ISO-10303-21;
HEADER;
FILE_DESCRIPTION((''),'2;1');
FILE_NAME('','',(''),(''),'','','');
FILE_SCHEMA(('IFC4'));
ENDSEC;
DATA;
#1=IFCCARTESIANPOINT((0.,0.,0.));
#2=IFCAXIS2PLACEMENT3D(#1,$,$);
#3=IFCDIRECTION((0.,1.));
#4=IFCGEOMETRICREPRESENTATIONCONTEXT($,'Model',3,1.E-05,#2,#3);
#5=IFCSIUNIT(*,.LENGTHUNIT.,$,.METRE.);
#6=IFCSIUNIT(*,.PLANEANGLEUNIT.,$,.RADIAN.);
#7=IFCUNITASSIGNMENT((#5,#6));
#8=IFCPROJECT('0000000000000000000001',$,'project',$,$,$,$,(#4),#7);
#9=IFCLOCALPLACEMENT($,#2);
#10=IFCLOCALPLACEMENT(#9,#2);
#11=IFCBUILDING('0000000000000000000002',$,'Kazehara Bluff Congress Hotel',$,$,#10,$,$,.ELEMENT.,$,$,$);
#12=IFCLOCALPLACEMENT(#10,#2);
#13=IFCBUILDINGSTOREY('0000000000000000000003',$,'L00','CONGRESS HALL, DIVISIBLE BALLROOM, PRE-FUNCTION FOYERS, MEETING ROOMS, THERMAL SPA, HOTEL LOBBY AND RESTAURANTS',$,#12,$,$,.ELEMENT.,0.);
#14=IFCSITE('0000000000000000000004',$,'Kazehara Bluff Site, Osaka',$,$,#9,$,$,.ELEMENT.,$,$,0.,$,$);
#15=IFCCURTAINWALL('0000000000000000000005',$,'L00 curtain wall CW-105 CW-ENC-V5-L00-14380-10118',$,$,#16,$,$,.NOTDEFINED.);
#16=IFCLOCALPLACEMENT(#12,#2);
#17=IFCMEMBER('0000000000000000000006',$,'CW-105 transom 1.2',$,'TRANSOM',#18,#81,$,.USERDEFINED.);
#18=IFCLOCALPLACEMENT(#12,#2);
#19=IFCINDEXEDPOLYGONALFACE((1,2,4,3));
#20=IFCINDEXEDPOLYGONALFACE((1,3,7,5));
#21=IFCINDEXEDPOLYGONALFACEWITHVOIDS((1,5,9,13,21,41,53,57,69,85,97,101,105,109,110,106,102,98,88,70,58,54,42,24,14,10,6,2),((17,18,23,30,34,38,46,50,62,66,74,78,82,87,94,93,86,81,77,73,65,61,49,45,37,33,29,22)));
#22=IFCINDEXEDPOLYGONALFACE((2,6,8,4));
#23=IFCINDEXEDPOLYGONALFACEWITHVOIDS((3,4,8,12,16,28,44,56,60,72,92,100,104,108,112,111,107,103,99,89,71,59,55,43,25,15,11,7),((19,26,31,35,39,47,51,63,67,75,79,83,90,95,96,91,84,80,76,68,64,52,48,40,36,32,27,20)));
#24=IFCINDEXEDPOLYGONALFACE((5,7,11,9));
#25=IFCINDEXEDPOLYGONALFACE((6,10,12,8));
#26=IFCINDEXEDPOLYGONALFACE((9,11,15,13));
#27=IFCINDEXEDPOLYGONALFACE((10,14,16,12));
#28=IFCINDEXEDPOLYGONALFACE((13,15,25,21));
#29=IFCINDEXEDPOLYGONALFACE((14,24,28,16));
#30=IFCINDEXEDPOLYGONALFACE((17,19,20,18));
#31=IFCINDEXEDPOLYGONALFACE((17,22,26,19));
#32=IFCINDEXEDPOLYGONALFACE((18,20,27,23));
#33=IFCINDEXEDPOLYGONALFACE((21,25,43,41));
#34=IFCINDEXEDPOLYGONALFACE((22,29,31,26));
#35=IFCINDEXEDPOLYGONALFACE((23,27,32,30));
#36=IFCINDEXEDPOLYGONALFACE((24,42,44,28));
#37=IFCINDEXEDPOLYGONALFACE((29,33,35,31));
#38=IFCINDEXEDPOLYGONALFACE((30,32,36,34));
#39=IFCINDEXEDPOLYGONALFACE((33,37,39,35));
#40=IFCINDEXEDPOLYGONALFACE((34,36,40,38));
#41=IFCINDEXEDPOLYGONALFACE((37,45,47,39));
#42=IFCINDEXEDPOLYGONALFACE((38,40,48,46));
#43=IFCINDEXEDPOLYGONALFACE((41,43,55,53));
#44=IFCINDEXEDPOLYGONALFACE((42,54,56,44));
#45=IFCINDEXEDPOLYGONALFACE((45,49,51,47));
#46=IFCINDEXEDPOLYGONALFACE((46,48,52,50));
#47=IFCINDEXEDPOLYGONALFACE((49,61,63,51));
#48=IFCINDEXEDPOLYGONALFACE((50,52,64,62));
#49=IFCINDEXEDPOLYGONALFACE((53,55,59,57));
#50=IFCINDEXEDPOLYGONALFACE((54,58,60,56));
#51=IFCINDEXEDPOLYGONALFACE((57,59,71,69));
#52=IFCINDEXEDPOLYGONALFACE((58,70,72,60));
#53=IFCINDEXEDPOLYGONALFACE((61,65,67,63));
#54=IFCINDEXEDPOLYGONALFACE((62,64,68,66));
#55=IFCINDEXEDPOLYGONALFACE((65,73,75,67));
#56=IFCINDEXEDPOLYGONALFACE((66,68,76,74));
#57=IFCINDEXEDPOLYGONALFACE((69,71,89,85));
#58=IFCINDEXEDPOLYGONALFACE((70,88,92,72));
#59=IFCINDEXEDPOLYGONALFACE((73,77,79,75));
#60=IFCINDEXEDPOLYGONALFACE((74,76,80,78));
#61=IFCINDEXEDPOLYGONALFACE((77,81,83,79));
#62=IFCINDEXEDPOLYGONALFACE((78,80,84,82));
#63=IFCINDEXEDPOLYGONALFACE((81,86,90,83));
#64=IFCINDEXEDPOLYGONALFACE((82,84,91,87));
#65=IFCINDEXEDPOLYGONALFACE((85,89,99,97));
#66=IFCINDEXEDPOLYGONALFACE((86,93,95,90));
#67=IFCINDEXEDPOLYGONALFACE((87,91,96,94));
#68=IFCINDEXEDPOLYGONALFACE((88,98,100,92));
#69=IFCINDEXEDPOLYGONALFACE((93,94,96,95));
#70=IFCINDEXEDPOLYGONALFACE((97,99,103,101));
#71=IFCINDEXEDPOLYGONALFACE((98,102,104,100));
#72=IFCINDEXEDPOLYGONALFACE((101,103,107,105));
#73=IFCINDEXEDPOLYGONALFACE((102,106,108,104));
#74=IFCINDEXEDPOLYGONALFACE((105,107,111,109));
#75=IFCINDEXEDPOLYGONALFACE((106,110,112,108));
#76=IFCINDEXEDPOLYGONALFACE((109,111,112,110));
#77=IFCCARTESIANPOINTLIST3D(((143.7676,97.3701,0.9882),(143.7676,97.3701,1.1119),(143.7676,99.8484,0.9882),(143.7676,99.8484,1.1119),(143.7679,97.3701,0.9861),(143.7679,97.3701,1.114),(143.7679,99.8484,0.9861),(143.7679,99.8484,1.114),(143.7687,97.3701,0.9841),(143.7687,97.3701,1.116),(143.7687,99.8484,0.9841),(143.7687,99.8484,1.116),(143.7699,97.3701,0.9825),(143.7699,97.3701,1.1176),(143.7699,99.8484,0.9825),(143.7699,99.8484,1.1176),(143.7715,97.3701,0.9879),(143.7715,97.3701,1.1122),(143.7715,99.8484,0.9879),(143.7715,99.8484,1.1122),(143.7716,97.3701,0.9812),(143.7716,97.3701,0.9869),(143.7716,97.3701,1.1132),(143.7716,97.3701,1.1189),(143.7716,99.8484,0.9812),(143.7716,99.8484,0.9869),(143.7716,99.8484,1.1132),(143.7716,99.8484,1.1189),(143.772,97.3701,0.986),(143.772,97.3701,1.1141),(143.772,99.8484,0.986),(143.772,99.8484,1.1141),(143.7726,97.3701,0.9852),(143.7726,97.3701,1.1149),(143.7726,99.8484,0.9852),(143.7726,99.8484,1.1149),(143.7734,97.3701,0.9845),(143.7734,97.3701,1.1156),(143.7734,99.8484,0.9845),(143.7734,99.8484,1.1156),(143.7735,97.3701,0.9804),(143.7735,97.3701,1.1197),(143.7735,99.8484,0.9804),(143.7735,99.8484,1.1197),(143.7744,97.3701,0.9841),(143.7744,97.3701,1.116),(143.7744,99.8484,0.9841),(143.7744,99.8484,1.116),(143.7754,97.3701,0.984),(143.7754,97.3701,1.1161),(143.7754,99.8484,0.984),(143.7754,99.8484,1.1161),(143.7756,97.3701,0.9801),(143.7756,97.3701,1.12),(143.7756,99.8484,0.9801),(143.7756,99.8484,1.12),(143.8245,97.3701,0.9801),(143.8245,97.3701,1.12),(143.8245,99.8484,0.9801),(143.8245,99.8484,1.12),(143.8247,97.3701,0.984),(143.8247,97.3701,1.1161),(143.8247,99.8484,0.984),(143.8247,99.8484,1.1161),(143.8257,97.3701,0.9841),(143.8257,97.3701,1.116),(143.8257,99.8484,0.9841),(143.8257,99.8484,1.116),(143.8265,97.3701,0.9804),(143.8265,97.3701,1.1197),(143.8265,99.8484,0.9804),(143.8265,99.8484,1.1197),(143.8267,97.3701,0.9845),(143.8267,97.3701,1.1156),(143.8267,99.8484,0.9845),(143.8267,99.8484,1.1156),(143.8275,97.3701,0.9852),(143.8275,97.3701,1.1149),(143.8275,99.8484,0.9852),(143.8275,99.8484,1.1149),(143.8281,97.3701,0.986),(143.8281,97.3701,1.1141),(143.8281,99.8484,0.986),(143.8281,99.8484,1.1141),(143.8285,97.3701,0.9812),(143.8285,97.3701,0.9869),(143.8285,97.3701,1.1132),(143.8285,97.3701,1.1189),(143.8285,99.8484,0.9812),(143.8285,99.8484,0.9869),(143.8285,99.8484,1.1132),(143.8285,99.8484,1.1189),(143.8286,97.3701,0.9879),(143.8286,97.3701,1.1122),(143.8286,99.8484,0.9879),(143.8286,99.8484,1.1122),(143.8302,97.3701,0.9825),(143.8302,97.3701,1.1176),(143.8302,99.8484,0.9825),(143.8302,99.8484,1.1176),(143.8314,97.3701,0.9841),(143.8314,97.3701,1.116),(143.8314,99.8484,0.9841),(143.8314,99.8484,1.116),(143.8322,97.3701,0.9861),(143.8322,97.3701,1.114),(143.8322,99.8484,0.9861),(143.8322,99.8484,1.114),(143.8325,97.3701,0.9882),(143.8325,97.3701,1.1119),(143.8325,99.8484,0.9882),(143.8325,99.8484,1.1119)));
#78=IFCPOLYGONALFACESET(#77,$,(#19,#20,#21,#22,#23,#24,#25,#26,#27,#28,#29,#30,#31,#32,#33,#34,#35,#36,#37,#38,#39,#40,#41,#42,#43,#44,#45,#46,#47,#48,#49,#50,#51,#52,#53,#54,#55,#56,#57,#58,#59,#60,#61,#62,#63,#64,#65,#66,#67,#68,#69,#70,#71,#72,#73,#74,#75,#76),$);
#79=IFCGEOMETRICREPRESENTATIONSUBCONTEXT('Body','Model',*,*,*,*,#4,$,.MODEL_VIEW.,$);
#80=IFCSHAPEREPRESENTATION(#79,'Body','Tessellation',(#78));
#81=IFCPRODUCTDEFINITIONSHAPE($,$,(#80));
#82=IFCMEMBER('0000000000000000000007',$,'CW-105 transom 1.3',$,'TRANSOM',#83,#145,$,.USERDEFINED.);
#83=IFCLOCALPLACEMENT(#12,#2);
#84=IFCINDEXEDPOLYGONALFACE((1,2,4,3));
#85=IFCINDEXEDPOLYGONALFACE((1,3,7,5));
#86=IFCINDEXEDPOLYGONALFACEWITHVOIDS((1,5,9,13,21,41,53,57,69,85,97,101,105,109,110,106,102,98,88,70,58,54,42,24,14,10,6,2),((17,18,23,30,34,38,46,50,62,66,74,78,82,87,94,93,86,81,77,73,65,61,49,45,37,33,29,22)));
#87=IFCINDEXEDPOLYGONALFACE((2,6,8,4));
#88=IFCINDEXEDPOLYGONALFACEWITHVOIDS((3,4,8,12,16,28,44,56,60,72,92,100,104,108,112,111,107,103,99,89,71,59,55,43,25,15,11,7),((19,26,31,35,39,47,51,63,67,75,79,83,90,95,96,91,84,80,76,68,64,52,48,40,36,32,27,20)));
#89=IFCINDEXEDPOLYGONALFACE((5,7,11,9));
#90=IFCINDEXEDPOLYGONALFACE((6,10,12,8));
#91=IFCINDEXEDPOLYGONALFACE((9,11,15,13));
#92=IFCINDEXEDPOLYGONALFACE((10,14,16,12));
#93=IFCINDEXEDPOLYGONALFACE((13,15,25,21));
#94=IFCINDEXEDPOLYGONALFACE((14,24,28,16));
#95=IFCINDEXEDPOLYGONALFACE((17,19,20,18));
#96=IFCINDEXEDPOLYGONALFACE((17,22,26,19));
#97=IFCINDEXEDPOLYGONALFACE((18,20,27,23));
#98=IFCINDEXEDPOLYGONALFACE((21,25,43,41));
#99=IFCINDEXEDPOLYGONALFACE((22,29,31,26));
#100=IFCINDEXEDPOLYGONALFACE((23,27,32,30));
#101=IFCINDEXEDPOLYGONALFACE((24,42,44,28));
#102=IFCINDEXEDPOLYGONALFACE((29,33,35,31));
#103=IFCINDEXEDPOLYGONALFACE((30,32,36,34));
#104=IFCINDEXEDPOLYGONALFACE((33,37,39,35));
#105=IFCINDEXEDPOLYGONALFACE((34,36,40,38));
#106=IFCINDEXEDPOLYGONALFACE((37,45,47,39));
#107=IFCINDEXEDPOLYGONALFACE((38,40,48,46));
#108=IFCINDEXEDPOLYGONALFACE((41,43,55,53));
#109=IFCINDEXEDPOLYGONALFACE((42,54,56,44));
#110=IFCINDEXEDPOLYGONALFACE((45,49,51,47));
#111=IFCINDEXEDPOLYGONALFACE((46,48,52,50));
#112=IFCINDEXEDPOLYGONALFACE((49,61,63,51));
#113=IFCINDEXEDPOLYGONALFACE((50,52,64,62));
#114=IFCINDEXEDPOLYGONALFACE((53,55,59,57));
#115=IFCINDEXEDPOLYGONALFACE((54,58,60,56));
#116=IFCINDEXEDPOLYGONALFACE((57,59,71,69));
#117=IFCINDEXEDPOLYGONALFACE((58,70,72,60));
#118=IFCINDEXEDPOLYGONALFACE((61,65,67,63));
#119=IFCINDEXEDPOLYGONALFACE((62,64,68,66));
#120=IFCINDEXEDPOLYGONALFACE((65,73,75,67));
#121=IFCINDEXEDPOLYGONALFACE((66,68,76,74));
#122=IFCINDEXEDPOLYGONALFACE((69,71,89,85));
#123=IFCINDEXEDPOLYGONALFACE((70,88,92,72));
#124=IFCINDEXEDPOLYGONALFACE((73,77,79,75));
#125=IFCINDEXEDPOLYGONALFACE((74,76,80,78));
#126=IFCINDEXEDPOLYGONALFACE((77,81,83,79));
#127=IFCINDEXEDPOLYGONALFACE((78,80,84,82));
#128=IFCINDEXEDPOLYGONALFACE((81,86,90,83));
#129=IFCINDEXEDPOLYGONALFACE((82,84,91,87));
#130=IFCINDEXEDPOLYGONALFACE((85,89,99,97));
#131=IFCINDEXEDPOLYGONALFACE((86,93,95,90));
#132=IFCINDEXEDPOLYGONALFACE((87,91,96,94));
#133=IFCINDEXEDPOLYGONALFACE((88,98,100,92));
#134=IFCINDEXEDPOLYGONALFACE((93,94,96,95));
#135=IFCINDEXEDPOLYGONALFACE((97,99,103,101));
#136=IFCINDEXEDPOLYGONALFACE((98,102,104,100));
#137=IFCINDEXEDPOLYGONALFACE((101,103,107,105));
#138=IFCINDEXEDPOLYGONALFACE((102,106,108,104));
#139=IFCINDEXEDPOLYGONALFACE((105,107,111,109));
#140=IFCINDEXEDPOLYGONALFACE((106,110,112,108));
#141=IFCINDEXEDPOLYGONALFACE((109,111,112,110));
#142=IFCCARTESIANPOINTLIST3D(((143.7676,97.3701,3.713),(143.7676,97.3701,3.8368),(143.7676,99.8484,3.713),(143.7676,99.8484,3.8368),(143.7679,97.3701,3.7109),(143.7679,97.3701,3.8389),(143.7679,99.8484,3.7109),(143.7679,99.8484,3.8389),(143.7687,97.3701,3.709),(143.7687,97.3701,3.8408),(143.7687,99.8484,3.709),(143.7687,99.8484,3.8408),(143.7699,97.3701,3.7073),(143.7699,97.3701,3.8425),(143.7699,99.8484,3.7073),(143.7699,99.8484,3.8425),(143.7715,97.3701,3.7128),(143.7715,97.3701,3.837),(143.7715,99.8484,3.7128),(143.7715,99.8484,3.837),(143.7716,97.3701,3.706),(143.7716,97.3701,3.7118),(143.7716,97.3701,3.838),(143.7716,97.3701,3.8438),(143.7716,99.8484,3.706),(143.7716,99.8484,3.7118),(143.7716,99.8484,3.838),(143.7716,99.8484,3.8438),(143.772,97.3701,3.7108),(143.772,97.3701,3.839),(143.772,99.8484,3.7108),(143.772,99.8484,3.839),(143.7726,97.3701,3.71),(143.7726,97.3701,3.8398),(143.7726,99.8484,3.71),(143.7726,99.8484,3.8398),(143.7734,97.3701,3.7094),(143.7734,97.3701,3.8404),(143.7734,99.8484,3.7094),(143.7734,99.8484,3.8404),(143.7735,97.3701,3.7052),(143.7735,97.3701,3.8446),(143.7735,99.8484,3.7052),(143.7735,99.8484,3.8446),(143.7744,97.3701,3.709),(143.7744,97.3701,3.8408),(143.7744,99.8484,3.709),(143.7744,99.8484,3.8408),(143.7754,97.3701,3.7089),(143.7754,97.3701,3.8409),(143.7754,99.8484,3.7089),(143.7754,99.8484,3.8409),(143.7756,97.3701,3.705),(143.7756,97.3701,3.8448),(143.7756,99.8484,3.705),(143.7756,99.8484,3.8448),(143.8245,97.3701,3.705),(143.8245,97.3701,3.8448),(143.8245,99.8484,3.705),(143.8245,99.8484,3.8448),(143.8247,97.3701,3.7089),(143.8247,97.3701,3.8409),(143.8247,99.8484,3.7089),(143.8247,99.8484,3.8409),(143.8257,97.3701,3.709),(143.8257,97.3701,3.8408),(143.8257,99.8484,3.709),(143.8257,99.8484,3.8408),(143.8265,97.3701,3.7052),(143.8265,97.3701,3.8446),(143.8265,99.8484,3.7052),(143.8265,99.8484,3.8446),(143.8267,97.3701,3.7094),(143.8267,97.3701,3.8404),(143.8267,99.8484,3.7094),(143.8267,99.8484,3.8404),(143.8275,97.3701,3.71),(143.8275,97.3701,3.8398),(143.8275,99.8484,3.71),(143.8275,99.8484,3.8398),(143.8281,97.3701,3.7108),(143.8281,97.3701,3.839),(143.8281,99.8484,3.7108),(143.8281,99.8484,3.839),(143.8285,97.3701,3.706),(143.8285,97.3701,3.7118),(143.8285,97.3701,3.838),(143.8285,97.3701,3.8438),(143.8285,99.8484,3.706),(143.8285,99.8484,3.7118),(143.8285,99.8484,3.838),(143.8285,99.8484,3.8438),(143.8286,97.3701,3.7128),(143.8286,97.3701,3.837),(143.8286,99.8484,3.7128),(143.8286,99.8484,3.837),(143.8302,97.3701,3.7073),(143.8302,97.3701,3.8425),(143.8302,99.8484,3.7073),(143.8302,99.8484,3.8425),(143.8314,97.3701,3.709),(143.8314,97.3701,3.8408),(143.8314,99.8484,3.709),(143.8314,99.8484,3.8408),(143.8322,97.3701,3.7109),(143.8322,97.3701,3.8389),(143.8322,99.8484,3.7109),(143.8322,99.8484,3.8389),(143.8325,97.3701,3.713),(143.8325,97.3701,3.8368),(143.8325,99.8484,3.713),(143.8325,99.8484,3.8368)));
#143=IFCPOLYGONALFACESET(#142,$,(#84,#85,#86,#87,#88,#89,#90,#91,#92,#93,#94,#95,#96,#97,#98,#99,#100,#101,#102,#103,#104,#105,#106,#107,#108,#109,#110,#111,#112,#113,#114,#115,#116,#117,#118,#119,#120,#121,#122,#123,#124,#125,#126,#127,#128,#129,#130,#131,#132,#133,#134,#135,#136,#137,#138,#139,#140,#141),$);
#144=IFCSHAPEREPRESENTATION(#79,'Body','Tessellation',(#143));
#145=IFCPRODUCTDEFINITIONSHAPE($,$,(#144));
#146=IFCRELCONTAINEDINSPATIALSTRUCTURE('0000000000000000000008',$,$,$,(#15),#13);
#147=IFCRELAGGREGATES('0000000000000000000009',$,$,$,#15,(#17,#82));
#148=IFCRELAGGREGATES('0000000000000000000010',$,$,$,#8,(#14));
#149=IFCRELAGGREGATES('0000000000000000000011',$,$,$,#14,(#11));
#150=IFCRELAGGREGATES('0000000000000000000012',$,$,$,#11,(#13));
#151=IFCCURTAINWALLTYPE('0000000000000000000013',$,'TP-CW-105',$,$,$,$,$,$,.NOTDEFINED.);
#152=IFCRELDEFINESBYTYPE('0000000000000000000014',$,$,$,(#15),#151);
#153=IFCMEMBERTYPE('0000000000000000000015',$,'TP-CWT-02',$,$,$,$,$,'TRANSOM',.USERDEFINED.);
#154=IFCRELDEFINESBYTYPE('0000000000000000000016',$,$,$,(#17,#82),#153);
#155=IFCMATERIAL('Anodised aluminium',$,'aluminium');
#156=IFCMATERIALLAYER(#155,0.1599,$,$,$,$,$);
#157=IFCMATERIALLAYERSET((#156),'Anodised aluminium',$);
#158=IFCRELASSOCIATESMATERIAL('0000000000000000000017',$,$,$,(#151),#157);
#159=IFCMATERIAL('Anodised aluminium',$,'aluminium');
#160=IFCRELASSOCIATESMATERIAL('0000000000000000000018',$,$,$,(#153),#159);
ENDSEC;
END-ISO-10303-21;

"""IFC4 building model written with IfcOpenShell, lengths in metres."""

from ifc_helpers import new_model, si_unit, direction, frame, origin, origin_2d, place, context, subcontext, project, spatial, hollow_rectangle, extrude, material, layer, layer_set, material_profile, profile_set, type_object, element, aggregate, save


model = new_model("IFC4")

# Units and contexts
model_context = context("Model", 3, precision=1e-05, world=origin(), true_north=direction((0.0, 1.0)))
body_context = subcontext(model_context, "Body", "Model", "MODEL_VIEW")
ifc_project = project(units=[si_unit("LENGTHUNIT", "METRE"), si_unit("PLANEANGLEUNIT", "RADIAN")], contexts=[model_context])

# Site, building, storey
site_placement = place(None, origin())
site = spatial("IfcSite", under=ifc_project, at=site_placement, Name="Kazehara Bluff Site, Osaka", CompositionType="ELEMENT", RefElevation=0.0)
building_placement = place(site_placement, origin())
building = spatial("IfcBuilding", under=site, at=building_placement, Name="Kazehara Bluff Congress Hotel", CompositionType="ELEMENT")
storey_placement = place(building_placement, origin())
storey = spatial("IfcBuildingStorey", under=building, at=storey_placement, Name="L00", Description="CONGRESS HALL, DIVISIBLE BALLROOM, PRE-FUNCTION FOYERS, MEETING ROOMS, THERMAL SPA, HOTEL LOBBY AND RESTAURANTS", CompositionType="ELEMENT", Elevation=0.0)

# Curtain wall
ifc_material_1 = material(Name="Anodised aluminium", Category="aluminium")
ifc_layer_1 = layer(ifc_material_1, 0.1599)
ifc_layer_set_1 = layer_set([ifc_layer_1], Name="Anodised aluminium")
curtain_wall_type_1 = type_object("IfcCurtainWallType", Name="TP-CW-105", PredefinedType="NOTDEFINED", material=ifc_layer_set_1)
curtain_wall_1_placement = place(storey_placement, origin())
curtain_wall_1 = element("IfcCurtainWall", 1, at=curtain_wall_1_placement, inside=storey, type_object=curtain_wall_type_1, Name="L00 curtain wall CW-105 CW-ENC-V5-L00-14380-10118", PredefinedType="NOTDEFINED")

# Members
ifc_material_2 = material(Name="Anodised aluminium", Category="aluminium")
ifc_material_profile_1 = material_profile(ifc_material_2, hollow_rectangle(XDim=0.0649, YDim=0.1399, WallThickness=0.0039, InnerFilletRadius=0.0039, OuterFilletRadius=0.0081, at=origin_2d()))
ifc_profile_set_1 = profile_set([ifc_material_profile_1], Name="Anodised aluminium")
member_type_1 = type_object("IfcMemberType", Name="TP-CWT-02", ElementType="TRANSOM", PredefinedType="USERDEFINED", material=ifc_profile_set_1)
member_1_placement = place(storey_placement, frame((143.8, 97.3701, 1.05), z_axis=(0.0, 1.0, 0.0), x_axis=(-1.0, 0.0, 0.0)))
member_1 = element("IfcMember", 2, at=member_1_placement, type_object=member_type_1, Name="CW-105 transom 1.2", ObjectType="TRANSOM", PredefinedType="USERDEFINED", context=body_context, shape_type="SweptSolid", body=[
    extrude(hollow_rectangle(XDim=0.0649, YDim=0.1399, WallThickness=0.0039, InnerFilletRadius=0.0039, OuterFilletRadius=0.0081, at=origin_2d()), origin(), (0.0, 0.0, 1.0), 2.4783),
])
member_2_placement = place(storey_placement, frame((143.8, 97.3701, 3.7749), z_axis=(0.0, 1.0, 0.0), x_axis=(-1.0, 0.0, 0.0)))
member_2 = element("IfcMember", 3, at=member_2_placement, type_object=member_type_1, Name="CW-105 transom 1.3", ObjectType="TRANSOM", PredefinedType="USERDEFINED", context=body_context, shape_type="SweptSolid", body=[
    extrude(hollow_rectangle(XDim=0.0649, YDim=0.1399, WallThickness=0.0039, InnerFilletRadius=0.0039, OuterFilletRadius=0.0081, at=origin_2d()), origin(), (0.0, 0.0, 1.0), 2.4783),
])

aggregate(curtain_wall_1, [member_1, member_2])

save(model, "model.ifc")
